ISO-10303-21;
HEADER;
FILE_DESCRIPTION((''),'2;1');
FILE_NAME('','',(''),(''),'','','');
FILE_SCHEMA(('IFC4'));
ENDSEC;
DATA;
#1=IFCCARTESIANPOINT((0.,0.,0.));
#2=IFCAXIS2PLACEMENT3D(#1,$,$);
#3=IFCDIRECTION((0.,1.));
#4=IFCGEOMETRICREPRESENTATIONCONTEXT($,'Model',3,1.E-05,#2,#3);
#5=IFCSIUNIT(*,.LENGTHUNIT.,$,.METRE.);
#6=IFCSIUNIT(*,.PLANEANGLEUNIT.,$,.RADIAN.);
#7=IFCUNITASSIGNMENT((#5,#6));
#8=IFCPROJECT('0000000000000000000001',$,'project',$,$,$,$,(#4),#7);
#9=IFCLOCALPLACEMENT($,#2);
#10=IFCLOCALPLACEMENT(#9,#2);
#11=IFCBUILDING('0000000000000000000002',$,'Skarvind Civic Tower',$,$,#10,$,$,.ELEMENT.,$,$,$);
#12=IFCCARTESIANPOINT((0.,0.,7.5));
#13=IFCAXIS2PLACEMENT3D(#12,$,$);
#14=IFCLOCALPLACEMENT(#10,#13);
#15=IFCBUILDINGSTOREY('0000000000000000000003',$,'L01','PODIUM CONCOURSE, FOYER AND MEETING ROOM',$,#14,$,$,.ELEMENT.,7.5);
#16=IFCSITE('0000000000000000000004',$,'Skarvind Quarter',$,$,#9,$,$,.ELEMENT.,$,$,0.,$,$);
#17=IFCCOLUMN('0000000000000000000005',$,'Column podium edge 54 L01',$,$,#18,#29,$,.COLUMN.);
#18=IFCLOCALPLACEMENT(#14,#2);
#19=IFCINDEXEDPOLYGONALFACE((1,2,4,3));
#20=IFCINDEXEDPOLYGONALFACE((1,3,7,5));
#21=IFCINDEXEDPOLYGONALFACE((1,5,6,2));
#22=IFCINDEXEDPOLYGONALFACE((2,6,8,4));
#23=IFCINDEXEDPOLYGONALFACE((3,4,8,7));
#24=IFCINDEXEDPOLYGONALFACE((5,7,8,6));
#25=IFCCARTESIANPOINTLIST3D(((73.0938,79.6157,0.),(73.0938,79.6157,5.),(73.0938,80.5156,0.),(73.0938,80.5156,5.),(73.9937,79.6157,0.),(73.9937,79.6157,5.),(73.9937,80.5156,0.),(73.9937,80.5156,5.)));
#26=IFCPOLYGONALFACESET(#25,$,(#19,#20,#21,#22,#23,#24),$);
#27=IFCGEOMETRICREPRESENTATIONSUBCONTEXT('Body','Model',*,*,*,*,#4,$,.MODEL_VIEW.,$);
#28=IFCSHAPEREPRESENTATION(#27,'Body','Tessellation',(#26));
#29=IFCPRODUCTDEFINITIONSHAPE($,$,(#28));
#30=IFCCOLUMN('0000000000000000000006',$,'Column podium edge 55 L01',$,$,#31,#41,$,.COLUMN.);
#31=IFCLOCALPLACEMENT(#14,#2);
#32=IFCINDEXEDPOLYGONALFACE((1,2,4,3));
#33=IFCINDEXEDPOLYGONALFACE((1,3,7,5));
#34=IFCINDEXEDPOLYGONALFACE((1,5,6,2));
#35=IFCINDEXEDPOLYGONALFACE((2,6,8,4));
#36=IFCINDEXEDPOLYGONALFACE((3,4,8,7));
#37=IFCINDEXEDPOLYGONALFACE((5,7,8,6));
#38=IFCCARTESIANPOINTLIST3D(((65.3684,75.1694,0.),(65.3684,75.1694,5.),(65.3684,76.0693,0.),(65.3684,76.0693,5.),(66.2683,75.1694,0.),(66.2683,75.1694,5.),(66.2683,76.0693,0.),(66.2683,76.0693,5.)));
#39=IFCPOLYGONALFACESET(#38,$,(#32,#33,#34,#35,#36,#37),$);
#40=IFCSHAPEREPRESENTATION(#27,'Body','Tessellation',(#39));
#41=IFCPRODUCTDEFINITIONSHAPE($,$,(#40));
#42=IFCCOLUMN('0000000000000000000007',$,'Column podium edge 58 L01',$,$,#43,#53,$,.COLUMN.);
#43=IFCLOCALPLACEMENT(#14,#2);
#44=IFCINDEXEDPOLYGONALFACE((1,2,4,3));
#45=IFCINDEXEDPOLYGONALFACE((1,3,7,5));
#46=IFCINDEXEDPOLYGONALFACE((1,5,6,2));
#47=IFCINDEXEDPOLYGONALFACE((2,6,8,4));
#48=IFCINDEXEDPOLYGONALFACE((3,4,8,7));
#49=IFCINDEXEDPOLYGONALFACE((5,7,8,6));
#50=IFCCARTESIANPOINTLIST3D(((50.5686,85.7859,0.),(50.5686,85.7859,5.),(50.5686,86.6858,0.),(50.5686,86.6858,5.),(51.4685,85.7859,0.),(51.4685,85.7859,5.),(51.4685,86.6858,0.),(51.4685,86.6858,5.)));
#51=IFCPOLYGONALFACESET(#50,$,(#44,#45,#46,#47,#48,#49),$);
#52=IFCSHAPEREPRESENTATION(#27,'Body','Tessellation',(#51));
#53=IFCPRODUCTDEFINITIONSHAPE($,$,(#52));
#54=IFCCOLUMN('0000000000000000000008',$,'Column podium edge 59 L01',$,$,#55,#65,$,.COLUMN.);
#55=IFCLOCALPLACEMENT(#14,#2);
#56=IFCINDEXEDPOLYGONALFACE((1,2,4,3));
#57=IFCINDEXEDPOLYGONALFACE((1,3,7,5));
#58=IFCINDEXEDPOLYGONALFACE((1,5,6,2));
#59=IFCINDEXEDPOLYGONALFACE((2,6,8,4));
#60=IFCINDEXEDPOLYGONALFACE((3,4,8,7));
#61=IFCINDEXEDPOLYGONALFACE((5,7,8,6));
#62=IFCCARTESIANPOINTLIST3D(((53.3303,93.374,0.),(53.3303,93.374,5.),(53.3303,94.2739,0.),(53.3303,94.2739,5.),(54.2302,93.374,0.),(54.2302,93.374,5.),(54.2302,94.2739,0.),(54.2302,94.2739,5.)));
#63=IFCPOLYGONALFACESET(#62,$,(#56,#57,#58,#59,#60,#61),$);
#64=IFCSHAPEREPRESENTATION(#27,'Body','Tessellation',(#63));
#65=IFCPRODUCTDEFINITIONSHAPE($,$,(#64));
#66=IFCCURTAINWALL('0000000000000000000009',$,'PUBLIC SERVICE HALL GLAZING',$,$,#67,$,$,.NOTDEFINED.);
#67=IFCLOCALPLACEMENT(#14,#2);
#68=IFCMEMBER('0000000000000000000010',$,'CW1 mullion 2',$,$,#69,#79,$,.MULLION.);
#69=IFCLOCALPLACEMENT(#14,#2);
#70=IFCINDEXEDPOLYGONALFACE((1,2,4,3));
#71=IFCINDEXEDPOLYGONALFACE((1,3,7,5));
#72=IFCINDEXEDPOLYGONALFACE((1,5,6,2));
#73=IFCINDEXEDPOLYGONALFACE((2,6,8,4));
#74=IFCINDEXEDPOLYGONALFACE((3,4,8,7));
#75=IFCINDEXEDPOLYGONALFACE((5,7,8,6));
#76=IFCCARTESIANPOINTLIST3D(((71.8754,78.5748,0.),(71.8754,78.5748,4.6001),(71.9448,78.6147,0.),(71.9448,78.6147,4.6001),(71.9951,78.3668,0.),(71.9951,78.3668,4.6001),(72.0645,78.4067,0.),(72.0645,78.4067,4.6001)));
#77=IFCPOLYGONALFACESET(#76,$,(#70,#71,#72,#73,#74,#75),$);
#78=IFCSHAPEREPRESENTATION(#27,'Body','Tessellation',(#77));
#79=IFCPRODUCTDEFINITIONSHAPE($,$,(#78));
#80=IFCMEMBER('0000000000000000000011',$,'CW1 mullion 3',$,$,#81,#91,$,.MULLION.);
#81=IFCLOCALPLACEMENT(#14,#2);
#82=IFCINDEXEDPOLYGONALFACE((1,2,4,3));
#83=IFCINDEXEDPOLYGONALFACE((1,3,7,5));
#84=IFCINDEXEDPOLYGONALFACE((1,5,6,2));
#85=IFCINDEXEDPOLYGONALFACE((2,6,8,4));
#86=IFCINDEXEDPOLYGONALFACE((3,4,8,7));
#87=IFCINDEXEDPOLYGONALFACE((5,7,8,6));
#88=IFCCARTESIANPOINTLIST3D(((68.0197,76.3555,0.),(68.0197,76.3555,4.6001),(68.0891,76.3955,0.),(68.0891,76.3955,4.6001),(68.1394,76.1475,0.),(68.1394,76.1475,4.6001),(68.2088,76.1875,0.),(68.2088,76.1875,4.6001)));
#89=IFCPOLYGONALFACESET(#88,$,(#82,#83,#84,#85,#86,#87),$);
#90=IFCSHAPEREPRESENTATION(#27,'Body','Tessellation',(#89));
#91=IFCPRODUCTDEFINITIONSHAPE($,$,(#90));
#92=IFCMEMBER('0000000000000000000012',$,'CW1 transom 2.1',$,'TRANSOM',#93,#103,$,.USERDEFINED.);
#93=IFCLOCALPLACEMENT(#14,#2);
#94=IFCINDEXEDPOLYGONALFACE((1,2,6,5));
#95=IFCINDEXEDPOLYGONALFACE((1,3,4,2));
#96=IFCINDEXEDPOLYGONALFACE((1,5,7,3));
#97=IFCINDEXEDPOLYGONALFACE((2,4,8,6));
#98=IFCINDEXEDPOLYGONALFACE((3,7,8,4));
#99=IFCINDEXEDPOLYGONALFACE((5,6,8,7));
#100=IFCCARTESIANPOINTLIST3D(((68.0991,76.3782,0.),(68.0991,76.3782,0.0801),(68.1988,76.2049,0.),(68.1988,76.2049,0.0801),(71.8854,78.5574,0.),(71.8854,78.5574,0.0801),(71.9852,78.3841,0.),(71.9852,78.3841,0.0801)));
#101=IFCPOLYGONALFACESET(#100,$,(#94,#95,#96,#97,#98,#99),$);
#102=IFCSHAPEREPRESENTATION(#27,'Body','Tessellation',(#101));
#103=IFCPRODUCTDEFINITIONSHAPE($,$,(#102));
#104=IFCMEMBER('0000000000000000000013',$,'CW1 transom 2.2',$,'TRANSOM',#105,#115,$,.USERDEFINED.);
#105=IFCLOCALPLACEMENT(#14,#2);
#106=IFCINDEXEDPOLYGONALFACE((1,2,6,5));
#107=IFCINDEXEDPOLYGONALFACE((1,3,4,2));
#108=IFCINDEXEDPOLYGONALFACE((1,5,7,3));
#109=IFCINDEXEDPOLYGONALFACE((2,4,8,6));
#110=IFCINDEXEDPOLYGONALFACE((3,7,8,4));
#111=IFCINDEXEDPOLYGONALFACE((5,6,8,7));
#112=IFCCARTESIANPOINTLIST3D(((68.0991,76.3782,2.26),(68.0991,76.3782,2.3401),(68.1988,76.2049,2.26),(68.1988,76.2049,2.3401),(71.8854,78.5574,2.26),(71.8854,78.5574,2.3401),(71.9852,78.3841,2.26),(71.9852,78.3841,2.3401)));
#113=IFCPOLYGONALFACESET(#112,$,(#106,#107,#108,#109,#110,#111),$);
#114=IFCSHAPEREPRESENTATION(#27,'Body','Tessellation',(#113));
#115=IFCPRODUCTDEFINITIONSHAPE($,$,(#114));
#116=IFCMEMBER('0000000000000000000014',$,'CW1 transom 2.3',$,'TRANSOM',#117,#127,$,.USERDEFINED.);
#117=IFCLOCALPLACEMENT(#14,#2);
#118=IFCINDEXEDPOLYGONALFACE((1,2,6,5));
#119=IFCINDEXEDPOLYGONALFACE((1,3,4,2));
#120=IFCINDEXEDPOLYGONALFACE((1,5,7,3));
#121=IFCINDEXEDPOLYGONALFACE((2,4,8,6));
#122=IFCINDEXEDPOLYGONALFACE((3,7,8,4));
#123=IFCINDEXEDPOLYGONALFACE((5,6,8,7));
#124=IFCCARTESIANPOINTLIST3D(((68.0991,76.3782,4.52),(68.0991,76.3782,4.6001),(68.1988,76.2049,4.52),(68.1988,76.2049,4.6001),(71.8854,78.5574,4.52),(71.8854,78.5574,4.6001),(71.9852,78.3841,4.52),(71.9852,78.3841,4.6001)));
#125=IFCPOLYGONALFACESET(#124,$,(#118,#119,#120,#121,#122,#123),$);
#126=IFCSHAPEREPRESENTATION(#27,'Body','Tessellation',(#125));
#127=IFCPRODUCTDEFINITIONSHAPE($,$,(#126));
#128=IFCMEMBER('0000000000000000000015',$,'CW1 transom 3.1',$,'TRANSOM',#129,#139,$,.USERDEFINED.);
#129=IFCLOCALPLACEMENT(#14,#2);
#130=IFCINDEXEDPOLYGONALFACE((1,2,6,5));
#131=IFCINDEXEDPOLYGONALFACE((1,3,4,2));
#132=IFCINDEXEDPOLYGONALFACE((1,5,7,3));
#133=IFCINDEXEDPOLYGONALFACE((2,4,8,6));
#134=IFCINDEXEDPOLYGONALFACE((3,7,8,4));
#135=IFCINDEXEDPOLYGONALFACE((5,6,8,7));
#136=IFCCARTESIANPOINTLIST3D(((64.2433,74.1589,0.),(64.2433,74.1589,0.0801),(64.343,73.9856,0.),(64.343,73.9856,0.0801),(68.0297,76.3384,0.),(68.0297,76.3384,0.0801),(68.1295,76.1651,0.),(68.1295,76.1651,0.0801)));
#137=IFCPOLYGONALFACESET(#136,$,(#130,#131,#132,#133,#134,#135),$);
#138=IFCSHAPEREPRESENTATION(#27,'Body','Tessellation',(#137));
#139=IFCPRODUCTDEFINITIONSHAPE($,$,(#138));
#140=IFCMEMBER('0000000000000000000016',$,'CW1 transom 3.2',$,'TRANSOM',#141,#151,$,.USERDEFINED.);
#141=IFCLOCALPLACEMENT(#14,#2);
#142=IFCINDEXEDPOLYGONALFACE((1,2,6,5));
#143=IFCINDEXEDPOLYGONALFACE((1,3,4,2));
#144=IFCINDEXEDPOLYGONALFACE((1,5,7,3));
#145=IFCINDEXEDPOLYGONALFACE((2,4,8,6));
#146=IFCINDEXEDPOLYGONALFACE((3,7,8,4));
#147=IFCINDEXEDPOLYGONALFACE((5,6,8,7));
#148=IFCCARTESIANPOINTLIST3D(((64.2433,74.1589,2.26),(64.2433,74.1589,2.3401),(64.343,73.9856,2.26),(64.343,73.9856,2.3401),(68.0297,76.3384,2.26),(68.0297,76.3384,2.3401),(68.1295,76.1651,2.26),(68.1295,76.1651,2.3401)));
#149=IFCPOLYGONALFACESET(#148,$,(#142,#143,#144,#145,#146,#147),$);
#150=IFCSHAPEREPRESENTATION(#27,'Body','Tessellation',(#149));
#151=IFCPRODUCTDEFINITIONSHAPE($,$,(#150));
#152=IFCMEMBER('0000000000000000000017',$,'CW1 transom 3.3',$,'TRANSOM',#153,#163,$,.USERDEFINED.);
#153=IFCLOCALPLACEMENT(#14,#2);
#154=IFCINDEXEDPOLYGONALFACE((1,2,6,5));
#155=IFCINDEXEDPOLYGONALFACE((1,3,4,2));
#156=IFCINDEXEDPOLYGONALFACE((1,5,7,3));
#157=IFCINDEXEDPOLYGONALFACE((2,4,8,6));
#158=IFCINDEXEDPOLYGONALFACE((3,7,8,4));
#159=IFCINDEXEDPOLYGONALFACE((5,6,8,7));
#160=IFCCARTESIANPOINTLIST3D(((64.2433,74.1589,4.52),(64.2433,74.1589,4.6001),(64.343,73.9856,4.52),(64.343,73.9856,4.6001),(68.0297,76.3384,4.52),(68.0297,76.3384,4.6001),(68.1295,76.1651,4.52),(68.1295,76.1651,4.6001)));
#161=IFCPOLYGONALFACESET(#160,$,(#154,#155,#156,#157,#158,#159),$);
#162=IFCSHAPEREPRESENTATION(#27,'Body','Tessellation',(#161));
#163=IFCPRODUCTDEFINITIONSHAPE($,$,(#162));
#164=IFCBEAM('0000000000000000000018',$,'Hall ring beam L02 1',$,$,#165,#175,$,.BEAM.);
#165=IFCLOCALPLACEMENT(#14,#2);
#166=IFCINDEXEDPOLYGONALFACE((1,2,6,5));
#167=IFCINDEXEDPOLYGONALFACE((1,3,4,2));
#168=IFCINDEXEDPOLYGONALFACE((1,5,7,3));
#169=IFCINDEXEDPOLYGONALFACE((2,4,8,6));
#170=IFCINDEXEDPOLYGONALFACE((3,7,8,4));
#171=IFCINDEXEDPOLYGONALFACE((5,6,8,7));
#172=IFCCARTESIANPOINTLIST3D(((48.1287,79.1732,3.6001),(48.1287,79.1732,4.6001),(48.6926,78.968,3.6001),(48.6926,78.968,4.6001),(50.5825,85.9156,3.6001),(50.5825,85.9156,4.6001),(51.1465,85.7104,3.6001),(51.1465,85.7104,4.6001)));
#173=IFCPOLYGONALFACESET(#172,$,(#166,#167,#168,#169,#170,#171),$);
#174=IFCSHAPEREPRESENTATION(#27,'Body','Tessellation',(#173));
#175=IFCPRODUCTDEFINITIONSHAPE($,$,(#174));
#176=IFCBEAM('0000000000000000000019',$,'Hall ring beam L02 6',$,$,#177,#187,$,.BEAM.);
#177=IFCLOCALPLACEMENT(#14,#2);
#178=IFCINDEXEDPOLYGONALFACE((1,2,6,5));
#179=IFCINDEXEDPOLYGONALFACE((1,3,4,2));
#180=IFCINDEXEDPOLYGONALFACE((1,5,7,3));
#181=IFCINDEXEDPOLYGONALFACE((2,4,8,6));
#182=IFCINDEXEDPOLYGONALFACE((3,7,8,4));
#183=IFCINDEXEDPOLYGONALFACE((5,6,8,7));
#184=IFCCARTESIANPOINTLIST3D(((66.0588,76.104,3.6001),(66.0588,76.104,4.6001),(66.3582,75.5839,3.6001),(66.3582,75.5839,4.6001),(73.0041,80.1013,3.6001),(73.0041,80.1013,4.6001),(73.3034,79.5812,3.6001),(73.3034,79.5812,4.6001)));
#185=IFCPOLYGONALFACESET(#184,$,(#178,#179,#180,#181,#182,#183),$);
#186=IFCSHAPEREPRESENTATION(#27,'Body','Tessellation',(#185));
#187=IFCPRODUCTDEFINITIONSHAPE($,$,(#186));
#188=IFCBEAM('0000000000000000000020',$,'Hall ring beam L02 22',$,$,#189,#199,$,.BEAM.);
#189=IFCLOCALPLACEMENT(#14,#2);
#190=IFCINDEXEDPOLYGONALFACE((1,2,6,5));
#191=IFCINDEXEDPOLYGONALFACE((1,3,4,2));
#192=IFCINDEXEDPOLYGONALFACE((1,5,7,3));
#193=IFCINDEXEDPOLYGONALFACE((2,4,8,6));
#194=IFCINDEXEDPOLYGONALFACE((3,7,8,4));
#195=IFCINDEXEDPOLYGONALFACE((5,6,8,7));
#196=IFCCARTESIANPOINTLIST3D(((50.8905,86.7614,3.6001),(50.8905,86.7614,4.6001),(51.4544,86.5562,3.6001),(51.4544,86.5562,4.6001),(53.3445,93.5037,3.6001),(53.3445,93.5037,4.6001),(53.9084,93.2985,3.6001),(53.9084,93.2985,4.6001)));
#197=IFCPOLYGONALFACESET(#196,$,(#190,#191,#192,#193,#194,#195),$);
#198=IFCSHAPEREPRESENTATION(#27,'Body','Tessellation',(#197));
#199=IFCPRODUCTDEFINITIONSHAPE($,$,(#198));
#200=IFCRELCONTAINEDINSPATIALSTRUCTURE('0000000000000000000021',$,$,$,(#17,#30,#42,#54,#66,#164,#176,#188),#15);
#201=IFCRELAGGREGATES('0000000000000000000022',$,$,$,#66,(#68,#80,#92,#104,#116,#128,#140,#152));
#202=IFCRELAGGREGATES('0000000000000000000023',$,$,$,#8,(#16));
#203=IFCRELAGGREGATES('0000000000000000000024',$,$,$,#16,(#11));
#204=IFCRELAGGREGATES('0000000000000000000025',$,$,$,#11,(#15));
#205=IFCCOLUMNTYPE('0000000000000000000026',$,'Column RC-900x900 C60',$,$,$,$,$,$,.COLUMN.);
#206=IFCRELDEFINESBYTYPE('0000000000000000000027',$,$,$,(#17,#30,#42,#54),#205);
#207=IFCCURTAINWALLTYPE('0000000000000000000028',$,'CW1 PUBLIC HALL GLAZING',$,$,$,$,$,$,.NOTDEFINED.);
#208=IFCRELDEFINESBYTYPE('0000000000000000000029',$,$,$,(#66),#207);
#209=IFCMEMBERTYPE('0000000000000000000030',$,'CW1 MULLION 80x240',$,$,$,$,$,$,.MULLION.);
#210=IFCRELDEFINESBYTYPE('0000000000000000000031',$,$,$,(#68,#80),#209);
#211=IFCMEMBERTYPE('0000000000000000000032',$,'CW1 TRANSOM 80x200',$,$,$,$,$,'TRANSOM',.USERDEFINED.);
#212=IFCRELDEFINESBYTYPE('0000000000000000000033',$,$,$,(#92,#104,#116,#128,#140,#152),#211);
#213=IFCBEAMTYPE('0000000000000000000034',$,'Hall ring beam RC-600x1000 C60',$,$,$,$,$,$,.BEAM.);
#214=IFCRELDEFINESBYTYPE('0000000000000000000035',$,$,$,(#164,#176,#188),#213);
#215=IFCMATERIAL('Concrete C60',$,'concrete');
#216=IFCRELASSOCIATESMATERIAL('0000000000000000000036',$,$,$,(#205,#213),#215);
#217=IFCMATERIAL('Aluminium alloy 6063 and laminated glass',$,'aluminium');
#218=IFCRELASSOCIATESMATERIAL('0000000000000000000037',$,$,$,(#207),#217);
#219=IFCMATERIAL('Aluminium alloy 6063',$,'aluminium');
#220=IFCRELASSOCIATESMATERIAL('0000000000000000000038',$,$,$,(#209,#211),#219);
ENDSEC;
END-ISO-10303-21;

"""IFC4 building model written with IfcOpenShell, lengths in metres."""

from ifc_helpers import new_model, si_unit, direction, frame, origin, origin_2d, place, context, subcontext, project, spatial, rectangle, extrude, material, material_profile, profile_set, type_object, element, aggregate, save


model = new_model("IFC4")

# Units and contexts
model_context = context("Model", 3, precision=1e-05, world=origin(), true_north=direction((0.0, 1.0)))
body_context = subcontext(model_context, "Body", "Model", "MODEL_VIEW")
ifc_project = project(units=[si_unit("LENGTHUNIT", "METRE"), si_unit("PLANEANGLEUNIT", "RADIAN")], contexts=[model_context])

# Site, building, storey
site_placement = place(None, origin())
site = spatial("IfcSite", under=ifc_project, at=site_placement, Name="Skarvind Quarter", CompositionType="ELEMENT", RefElevation=0.0)
building_placement = place(site_placement, origin())
building = spatial("IfcBuilding", under=site, at=building_placement, Name="Skarvind Civic Tower", CompositionType="ELEMENT")
storey_placement = place(building_placement, frame((0.0, 0.0, 7.5)))
storey = spatial("IfcBuildingStorey", under=building, at=storey_placement, Name="L01", Description="PODIUM CONCOURSE, FOYER AND MEETING ROOM", CompositionType="ELEMENT", Elevation=7.5)

# Columns
ifc_material_1 = material(Name="Concrete C60", Category="concrete")
ifc_material_profile_1 = material_profile(ifc_material_1, rectangle(XDim=0.8999, YDim=0.8999, at=origin_2d()), Name="RC-900x900")
ifc_profile_set_1 = profile_set([ifc_material_profile_1], Name="Concrete C60")
column_type = type_object("IfcColumnType", Name="Column RC-900x900 C60", PredefinedType="COLUMN", material=ifc_profile_set_1)
for number, where, z_axis, x_axis, name in (
    (1, (73.5437, 80.0657, 0.0), (0.0, 0.0, 1.0), (1.0, 0.0, 0.0), "Column podium edge 54 L01"),
    (2, (65.8184, 75.6194, 0.0), (0.0, 0.0, 1.0), (1.0, 0.0, 0.0), "Column podium edge 55 L01"),
    (3, (51.0186, 86.2358, 0.0), (0.0, 0.0, 1.0), (1.0, 0.0, 0.0), "Column podium edge 58 L01"),
    (4, (53.7803, 93.824, 0.0), (0.0, 0.0, 1.0), (1.0, 0.0, 0.0), "Column podium edge 59 L01"),
):
    element("IfcColumn", number, at=place(storey_placement, frame(where, z_axis=z_axis, x_axis=x_axis)), inside=storey, type_object=column_type, Name=name, PredefinedType="COLUMN", context=body_context, shape_type="SweptSolid", body=[
        extrude(rectangle(XDim=0.8999, YDim=0.8999, at=origin_2d()), origin(), (0.0, 0.0, 1.0), 5.0),
    ])

# Curtain wall, members
ifc_material_2 = material(Name="Aluminium alloy 6063 and laminated glass", Category="aluminium")
curtain_wall_type = type_object("IfcCurtainWallType", Name="CW1 PUBLIC HALL GLAZING", PredefinedType="NOTDEFINED", material=ifc_material_2)
curtain_wall_placement = place(storey_placement, origin())
curtain_wall = element("IfcCurtainWall", 5, at=curtain_wall_placement, inside=storey, type_object=curtain_wall_type, Name="PUBLIC SERVICE HALL GLAZING", PredefinedType="NOTDEFINED")
ifc_material_3 = material(Name="Aluminium alloy 6063", Category="aluminium")
ifc_material_profile_2 = material_profile(ifc_material_3, rectangle(XDim=0.24, YDim=0.0801, at=origin_2d()), Name="AL 80x240")
ifc_profile_set_2 = profile_set([ifc_material_profile_2], Name="Aluminium alloy 6063")
member_type_1 = type_object("IfcMemberType", Name="CW1 MULLION 80x240", PredefinedType="MULLION", material=ifc_profile_set_2)
member_1_placement = place(storey_placement, frame((71.97, 78.4907, 0.0), z_axis=(0.0, 0.0, 1.0), x_axis=(0.498825, -0.866702, 0.0)))
member_1 = element("IfcMember", 6, at=member_1_placement, type_object=member_type_1, Name="CW1 mullion 2", PredefinedType="MULLION", context=body_context, shape_type="SweptSolid", body=[
    extrude(rectangle(XDim=0.24, YDim=0.0801, at=origin_2d()), origin(), (0.0, 0.0, 1.0), 4.6001),
])
member_2_placement = place(storey_placement, frame((68.1143, 76.2715, 0.0), z_axis=(0.0, 0.0, 1.0), x_axis=(0.498825, -0.866702, 0.0)))
member_2 = element("IfcMember", 7, at=member_2_placement, type_object=member_type_1, Name="CW1 mullion 3", PredefinedType="MULLION", context=body_context, shape_type="SweptSolid", body=[
    extrude(rectangle(XDim=0.24, YDim=0.0801, at=origin_2d()), origin(), (0.0, 0.0, 1.0), 4.6001),
])
ifc_material_profile_3 = material_profile(ifc_material_3, rectangle(XDim=0.2, YDim=0.0801, at=origin_2d()), Name="AL 80x200")
ifc_profile_set_3 = profile_set([ifc_material_profile_3], Name="Aluminium alloy 6063")
member_type_2 = type_object("IfcMemberType", Name="CW1 TRANSOM 80x200", ElementType="TRANSOM", PredefinedType="USERDEFINED", material=ifc_profile_set_3)
member_3_placement = place(storey_placement, frame((71.9353, 78.4707, 0.04), z_axis=(-0.866705, -0.498821, 0.0), x_axis=(0.498821, -0.866705, 0.0)))
member_3 = element("IfcMember", 8, at=member_3_placement, type_object=member_type_2, Name="CW1 transom 2.1", ObjectType="TRANSOM", PredefinedType="USERDEFINED", context=body_context, shape_type="SweptSolid", body=[
    extrude(rectangle(XDim=0.2, YDim=0.0801, at=origin_2d()), origin(), (0.0, 0.0, 1.0), 4.3687),
])
member_4_placement = place(storey_placement, frame((71.9353, 78.4707, 2.3), z_axis=(-0.866705, -0.498821, 0.0), x_axis=(0.498821, -0.866705, 0.0)))
member_4 = element("IfcMember", 9, at=member_4_placement, type_object=member_type_2, Name="CW1 transom 2.2", ObjectType="TRANSOM", PredefinedType="USERDEFINED", context=body_context, shape_type="SweptSolid", body=[
    extrude(rectangle(XDim=0.2, YDim=0.0801, at=origin_2d()), origin(), (0.0, 0.0, 1.0), 4.3687),
])
member_5_placement = place(storey_placement, frame((71.9353, 78.4707, 4.5601), z_axis=(-0.866705, -0.498821, 0.0), x_axis=(0.498821, -0.866705, 0.0)))
member_5 = element("IfcMember", 10, at=member_5_placement, type_object=member_type_2, Name="CW1 transom 2.3", ObjectType="TRANSOM", PredefinedType="USERDEFINED", context=body_context, shape_type="SweptSolid", body=[
    extrude(rectangle(XDim=0.2, YDim=0.0801, at=origin_2d()), origin(), (0.0, 0.0, 1.0), 4.3687),
])
member_6_placement = place(storey_placement, frame((68.0796, 76.2517, 0.04), z_axis=(-0.866681, -0.498863, 0.0), x_axis=(0.498863, -0.866681, 0.0)))
member_6 = element("IfcMember", 11, at=member_6_placement, type_object=member_type_2, Name="CW1 transom 3.1", ObjectType="TRANSOM", PredefinedType="USERDEFINED", context=body_context, shape_type="SweptSolid", body=[
    extrude(rectangle(XDim=0.2, YDim=0.0801, at=origin_2d()), origin(), (0.0, 0.0, 1.0), 4.3689),
])
member_7_placement = place(storey_placement, frame((68.0796, 76.2517, 2.3), z_axis=(-0.866681, -0.498863, 0.0), x_axis=(0.498863, -0.866681, 0.0)))
member_7 = element("IfcMember", 12, at=member_7_placement, type_object=member_type_2, Name="CW1 transom 3.2", ObjectType="TRANSOM", PredefinedType="USERDEFINED", context=body_context, shape_type="SweptSolid", body=[
    extrude(rectangle(XDim=0.2, YDim=0.0801, at=origin_2d()), origin(), (0.0, 0.0, 1.0), 4.3689),
])
member_8_placement = place(storey_placement, frame((68.0796, 76.2517, 4.5601), z_axis=(-0.866681, -0.498863, 0.0), x_axis=(0.498863, -0.866681, 0.0)))
member_8 = element("IfcMember", 13, at=member_8_placement, type_object=member_type_2, Name="CW1 transom 3.3", ObjectType="TRANSOM", PredefinedType="USERDEFINED", context=body_context, shape_type="SweptSolid", body=[
    extrude(rectangle(XDim=0.2, YDim=0.0801, at=origin_2d()), origin(), (0.0, 0.0, 1.0), 4.3689),
])

# Beams
ifc_material_profile_4 = material_profile(ifc_material_1, rectangle(XDim=0.6001, YDim=1.0, at=origin_2d()), Name="RC-600x1000")
ifc_profile_set_4 = profile_set([ifc_material_profile_4], Name="Concrete C60")
beam_type = type_object("IfcBeamType", Name="Hall ring beam RC-600x1000 C60", PredefinedType="BEAM", material=ifc_profile_set_4)
beam_1_placement = place(storey_placement, frame((50.8645, 85.813, 4.1001), z_axis=(-0.341997, -0.939701, 0.0), x_axis=(0.939701, -0.341997, 0.0)))
element("IfcBeam", 14, at=beam_1_placement, inside=storey, type_object=beam_type, Name="Hall ring beam L02 1", PredefinedType="BEAM", context=body_context, shape_type="SweptSolid", body=[
    extrude(rectangle(XDim=0.6001, YDim=1.0, at=origin_2d()), origin(), (0.0, 0.0, 1.0), 7.175),
])
beam_2_placement = place(storey_placement, frame((66.2085, 75.844, 4.1001), z_axis=(0.866703, 0.498824, 0.0), x_axis=(-0.498824, 0.866703, 0.0)))
element("IfcBeam", 15, at=beam_2_placement, inside=storey, type_object=beam_type, Name="Hall ring beam L02 6", PredefinedType="BEAM", context=body_context, shape_type="SweptSolid", body=[
    extrude(rectangle(XDim=0.6001, YDim=1.0, at=origin_2d()), origin(), (0.0, 0.0, 1.0), 8.0134),
])
beam_3_placement = place(storey_placement, frame((53.6265, 93.4011, 4.1001), z_axis=(-0.342027, -0.93969, 0.0), x_axis=(0.93969, -0.342027, 0.0)))
element("IfcBeam", 16, at=beam_3_placement, inside=storey, type_object=beam_type, Name="Hall ring beam L02 22", PredefinedType="BEAM", context=body_context, shape_type="SweptSolid", body=[
    extrude(rectangle(XDim=0.6001, YDim=1.0, at=origin_2d()), origin(), (0.0, 0.0, 1.0), 7.175),
])

aggregate(curtain_wall, [member_1, member_2, member_3, member_4, member_5, member_6, member_7, member_8])

save(model, "model.ifc")
